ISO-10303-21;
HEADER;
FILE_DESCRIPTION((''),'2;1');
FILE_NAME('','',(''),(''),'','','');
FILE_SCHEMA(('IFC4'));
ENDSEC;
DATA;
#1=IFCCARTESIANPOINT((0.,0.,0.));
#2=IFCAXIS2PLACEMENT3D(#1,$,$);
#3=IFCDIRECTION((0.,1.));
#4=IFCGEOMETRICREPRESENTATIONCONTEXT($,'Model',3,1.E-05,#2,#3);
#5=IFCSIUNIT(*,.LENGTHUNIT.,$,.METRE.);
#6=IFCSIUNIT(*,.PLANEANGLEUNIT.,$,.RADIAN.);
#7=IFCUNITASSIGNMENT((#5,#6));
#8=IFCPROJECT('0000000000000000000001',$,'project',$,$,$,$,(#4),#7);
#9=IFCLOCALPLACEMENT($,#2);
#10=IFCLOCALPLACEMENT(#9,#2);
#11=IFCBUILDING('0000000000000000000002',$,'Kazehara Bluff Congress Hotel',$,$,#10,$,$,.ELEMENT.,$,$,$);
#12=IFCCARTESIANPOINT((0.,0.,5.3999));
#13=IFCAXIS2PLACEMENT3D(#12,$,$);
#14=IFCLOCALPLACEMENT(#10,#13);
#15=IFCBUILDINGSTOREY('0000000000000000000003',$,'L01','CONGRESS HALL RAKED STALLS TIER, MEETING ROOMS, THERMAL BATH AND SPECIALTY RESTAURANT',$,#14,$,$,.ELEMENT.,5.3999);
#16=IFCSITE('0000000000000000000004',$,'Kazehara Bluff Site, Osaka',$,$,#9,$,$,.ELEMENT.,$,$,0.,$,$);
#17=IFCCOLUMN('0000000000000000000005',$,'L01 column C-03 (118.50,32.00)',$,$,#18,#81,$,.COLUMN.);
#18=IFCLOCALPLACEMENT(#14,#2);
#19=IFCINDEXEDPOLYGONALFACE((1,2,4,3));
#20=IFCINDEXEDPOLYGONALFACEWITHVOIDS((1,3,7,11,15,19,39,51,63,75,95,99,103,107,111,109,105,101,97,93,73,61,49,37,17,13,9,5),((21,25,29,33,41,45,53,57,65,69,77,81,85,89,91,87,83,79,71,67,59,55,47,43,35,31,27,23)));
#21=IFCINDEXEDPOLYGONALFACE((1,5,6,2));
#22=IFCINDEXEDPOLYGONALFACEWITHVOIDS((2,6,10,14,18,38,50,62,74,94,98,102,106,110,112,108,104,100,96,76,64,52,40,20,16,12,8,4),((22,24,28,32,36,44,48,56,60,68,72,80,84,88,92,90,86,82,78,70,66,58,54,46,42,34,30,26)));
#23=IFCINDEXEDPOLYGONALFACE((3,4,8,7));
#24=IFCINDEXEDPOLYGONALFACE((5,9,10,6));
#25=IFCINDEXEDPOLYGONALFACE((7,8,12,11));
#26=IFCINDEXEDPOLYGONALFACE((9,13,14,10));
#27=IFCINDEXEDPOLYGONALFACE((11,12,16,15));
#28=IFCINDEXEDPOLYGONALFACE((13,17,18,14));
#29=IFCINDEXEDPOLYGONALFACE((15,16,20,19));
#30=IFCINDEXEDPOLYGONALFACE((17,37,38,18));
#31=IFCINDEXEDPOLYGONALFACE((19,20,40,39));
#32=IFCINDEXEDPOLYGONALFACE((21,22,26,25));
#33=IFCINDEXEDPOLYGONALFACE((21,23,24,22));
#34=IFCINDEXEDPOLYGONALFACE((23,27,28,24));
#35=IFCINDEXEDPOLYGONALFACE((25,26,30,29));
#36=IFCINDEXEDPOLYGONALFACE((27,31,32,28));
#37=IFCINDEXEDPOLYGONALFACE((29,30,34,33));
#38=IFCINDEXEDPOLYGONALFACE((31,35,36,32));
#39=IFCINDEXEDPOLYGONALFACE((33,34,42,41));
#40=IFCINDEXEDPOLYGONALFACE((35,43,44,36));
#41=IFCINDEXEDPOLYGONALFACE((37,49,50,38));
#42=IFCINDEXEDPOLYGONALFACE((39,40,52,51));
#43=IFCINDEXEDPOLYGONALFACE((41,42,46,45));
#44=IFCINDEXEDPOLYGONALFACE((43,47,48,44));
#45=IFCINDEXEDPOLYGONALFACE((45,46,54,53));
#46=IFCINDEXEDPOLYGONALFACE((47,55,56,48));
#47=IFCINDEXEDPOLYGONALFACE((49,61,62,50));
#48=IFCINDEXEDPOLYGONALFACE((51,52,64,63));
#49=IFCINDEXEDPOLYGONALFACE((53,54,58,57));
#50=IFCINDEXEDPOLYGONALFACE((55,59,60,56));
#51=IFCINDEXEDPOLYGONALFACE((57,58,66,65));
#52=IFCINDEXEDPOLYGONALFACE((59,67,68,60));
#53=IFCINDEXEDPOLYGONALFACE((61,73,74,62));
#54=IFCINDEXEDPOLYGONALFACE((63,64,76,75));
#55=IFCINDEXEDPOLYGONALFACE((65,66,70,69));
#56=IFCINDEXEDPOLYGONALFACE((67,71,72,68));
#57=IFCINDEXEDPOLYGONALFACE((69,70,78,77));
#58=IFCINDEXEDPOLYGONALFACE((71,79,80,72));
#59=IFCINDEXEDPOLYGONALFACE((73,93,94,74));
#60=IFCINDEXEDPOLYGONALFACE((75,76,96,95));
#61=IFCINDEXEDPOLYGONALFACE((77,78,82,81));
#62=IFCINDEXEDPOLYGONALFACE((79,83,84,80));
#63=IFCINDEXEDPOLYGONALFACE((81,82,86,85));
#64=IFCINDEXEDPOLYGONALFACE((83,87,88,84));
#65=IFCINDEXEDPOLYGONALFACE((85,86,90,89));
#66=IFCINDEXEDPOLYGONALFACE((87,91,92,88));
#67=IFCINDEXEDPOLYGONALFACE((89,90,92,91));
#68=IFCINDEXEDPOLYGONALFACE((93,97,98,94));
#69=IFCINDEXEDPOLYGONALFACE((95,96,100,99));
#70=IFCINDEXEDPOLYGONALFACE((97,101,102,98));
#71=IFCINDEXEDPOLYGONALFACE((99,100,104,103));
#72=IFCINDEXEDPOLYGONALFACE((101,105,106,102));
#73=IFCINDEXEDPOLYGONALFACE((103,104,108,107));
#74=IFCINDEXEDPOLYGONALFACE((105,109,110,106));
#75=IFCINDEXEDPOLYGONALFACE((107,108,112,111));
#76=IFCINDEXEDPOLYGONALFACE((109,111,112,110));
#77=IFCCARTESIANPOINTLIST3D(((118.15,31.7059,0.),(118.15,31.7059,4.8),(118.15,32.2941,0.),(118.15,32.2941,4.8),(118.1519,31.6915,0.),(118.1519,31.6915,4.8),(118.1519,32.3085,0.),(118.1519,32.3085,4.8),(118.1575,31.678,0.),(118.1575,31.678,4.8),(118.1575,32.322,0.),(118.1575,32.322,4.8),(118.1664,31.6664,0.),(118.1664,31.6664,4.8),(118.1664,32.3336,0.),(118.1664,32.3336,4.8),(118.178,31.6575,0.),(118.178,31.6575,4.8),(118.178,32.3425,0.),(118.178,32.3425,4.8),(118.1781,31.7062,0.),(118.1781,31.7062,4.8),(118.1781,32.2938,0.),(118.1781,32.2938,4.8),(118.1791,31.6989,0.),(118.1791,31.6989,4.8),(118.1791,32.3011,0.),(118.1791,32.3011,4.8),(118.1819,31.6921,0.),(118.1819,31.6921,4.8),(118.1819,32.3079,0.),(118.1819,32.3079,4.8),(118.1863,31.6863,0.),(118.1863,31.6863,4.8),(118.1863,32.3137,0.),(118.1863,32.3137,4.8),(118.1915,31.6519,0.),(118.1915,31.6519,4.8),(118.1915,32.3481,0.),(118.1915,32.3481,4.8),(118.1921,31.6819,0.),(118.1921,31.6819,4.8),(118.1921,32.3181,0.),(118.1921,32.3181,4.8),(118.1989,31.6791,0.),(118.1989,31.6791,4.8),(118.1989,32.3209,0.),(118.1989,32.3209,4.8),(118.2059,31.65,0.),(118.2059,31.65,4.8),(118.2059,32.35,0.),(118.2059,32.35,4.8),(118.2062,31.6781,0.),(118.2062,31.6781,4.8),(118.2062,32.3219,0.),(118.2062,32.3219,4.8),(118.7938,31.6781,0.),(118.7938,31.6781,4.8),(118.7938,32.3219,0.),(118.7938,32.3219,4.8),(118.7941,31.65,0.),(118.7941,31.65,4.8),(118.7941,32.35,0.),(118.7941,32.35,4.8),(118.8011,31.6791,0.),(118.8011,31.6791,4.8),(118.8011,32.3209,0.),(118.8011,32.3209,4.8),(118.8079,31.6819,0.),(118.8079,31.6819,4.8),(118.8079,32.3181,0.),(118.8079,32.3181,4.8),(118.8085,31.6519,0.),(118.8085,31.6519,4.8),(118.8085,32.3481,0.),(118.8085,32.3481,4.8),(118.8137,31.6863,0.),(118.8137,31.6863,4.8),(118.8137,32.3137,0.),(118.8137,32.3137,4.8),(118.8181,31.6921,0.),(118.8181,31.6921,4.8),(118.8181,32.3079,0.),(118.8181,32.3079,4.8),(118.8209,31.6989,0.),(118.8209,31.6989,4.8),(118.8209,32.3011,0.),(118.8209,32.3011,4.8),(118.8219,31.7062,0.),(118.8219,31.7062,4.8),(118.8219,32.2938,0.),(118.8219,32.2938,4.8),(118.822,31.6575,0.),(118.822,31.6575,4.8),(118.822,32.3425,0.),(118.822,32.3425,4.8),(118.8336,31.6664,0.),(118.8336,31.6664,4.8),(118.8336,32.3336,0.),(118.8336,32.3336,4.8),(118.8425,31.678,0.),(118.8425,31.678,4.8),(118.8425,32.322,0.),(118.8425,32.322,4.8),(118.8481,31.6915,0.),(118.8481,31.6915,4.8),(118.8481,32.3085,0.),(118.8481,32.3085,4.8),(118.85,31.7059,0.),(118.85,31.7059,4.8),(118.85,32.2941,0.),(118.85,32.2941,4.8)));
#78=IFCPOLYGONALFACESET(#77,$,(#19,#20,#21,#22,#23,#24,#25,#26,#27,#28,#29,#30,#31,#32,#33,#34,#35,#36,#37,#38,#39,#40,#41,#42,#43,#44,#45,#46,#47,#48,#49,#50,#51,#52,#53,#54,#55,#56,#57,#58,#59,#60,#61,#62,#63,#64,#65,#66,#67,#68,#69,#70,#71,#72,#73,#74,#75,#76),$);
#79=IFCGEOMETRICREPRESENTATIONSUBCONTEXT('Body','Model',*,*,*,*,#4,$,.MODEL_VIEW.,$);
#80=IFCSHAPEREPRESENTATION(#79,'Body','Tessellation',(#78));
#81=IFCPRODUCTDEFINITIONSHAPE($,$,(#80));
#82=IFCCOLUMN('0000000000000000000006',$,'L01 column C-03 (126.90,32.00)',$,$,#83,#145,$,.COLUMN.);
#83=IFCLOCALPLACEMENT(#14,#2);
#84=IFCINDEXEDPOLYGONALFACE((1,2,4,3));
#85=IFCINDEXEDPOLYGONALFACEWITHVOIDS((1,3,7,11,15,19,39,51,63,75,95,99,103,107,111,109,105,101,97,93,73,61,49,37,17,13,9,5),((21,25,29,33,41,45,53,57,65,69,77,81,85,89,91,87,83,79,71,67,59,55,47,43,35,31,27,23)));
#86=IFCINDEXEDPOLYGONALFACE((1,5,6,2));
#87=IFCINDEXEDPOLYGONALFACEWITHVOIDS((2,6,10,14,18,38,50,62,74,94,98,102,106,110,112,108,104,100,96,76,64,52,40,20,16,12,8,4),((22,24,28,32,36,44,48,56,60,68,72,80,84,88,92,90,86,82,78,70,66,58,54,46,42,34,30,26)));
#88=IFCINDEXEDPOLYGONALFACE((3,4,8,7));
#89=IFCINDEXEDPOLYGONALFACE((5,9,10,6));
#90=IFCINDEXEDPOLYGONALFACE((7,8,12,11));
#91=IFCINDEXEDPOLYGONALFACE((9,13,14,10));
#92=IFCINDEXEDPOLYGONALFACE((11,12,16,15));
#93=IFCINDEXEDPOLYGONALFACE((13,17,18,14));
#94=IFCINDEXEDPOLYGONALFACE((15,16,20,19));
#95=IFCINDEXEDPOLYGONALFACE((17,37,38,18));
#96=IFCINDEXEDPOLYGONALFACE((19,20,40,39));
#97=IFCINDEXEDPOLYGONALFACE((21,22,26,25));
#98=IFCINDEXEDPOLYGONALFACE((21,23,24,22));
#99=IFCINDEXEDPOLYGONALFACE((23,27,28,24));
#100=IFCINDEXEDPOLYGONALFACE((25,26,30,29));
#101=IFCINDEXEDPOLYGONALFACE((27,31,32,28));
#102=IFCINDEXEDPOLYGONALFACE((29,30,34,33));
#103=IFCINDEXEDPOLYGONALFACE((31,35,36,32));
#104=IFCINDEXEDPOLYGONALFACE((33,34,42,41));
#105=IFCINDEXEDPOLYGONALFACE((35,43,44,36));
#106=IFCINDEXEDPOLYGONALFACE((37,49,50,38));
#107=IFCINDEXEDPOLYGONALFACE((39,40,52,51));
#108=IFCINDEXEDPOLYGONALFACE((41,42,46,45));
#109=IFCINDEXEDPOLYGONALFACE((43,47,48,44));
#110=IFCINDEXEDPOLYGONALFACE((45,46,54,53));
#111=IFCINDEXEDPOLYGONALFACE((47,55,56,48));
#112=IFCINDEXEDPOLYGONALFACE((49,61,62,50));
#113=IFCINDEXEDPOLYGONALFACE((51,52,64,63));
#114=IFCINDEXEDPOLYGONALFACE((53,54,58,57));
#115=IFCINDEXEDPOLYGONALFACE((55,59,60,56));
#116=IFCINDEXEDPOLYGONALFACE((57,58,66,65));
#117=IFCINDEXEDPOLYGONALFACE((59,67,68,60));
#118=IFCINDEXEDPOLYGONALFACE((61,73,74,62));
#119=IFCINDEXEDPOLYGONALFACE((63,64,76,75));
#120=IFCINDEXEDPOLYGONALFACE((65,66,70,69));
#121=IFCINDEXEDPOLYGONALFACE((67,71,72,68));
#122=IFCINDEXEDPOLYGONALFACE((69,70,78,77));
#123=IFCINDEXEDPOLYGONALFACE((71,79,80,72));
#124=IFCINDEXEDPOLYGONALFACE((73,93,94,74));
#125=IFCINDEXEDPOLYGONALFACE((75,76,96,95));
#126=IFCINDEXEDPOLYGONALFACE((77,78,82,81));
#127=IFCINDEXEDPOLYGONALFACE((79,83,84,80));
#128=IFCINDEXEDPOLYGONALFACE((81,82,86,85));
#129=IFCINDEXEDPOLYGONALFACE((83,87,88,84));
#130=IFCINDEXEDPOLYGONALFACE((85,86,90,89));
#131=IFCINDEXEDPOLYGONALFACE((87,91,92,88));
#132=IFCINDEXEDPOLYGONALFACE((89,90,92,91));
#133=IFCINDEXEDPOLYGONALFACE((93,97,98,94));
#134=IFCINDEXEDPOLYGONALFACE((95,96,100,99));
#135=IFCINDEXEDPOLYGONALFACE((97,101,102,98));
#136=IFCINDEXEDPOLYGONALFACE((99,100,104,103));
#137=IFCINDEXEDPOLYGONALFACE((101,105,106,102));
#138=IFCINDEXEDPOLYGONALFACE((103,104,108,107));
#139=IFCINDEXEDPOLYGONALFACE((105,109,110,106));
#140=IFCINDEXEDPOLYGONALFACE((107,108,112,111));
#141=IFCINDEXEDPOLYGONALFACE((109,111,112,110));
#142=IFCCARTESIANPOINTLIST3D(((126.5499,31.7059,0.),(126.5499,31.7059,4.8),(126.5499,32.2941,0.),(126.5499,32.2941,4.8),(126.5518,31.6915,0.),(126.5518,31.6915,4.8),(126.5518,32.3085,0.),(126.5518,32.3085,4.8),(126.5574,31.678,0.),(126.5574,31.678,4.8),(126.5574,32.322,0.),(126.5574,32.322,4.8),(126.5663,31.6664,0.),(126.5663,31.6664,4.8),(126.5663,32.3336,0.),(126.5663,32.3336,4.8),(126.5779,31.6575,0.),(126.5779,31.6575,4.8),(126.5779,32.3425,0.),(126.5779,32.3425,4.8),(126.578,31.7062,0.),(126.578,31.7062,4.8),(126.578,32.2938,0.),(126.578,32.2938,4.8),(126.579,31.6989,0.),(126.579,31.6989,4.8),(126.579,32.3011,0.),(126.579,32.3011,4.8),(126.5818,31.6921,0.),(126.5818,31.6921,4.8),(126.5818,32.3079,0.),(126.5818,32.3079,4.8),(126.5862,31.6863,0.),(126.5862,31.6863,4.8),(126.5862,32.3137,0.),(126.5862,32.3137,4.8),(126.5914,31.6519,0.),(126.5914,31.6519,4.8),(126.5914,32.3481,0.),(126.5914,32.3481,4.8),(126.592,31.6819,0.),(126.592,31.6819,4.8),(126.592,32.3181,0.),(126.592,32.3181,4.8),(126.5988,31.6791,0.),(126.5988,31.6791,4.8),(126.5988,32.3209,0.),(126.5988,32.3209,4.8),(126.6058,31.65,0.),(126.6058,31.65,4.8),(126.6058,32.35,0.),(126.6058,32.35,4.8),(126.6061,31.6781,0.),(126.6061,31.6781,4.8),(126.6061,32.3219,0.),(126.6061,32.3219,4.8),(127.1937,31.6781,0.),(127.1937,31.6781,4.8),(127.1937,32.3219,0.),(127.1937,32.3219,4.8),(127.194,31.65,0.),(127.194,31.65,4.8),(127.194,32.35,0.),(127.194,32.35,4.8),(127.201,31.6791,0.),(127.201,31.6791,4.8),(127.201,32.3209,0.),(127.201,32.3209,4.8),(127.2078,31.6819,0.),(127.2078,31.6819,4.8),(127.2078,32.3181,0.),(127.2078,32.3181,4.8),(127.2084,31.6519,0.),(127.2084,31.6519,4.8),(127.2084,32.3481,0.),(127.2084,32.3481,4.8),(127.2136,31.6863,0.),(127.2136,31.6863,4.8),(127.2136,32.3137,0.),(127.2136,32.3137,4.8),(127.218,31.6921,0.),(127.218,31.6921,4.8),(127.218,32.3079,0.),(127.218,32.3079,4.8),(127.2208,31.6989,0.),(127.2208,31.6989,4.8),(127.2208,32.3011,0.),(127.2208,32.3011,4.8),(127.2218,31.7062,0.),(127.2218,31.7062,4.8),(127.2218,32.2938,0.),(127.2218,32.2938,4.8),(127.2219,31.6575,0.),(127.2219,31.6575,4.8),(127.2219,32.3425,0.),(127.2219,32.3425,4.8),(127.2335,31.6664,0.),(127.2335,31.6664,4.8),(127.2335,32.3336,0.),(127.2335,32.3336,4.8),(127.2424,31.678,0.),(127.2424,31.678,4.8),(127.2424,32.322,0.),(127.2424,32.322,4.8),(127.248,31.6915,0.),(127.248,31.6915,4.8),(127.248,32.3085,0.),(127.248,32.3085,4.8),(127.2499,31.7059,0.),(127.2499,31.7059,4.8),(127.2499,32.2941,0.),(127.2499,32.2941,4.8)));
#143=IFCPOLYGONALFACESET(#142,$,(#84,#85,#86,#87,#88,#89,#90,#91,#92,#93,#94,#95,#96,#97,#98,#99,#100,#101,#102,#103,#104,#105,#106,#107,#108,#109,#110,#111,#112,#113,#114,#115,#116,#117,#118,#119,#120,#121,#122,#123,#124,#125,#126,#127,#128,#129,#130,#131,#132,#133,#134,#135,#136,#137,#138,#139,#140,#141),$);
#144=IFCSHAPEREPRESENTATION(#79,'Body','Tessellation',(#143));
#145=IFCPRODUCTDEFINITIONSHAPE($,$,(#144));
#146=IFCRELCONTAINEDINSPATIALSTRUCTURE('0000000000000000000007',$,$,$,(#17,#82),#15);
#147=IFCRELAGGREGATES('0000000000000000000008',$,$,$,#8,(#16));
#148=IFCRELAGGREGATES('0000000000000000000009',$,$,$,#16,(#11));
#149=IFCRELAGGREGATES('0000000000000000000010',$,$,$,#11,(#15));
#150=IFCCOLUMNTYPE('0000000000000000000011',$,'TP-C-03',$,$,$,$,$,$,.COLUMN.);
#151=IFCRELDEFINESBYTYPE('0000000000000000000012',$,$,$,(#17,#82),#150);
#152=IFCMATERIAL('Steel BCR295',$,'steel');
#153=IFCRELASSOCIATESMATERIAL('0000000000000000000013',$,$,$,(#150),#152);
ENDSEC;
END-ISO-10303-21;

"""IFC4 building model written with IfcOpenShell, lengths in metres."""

from ifc_helpers import new_model, si_unit, direction, frame, origin, origin_2d, place, context, subcontext, project, spatial, hollow_rectangle, extrude, material, material_profile, profile_set, type_object, element, save


model = new_model("IFC4")

# Units and contexts
model_context = context("Model", 3, precision=1e-05, world=origin(), true_north=direction((0.0, 1.0)))
body_context = subcontext(model_context, "Body", "Model", "MODEL_VIEW")
ifc_project = project(units=[si_unit("LENGTHUNIT", "METRE"), si_unit("PLANEANGLEUNIT", "RADIAN")], contexts=[model_context])

# Site, building, storey
site_placement = place(None, origin())
site = spatial("IfcSite", under=ifc_project, at=site_placement, Name="Kazehara Bluff Site, Osaka", CompositionType="ELEMENT", RefElevation=0.0)
building_placement = place(site_placement, origin())
building = spatial("IfcBuilding", under=site, at=building_placement, Name="Kazehara Bluff Congress Hotel", CompositionType="ELEMENT")
storey_placement = place(building_placement, frame((0.0, 0.0, 5.3999)))
storey = spatial("IfcBuildingStorey", under=building, at=storey_placement, Name="L01", Description="CONGRESS HALL RAKED STALLS TIER, MEETING ROOMS, THERMAL BATH AND SPECIALTY RESTAURANT", CompositionType="ELEMENT", Elevation=5.3999)

# Columns
ifc_material_1 = material(Name="Steel BCR295", Category="steel")
ifc_material_profile_1 = material_profile(ifc_material_1, hollow_rectangle(XDim=0.7, YDim=0.7, WallThickness=0.0281, InnerFilletRadius=0.0281, OuterFilletRadius=0.0559, at=origin_2d()))
ifc_profile_set_1 = profile_set([ifc_material_profile_1], Name="Steel BCR295")
column_type = type_object("IfcColumnType", Name="TP-C-03", PredefinedType="COLUMN", material=ifc_profile_set_1)
for number, where, z_axis, x_axis, name in (
    (1, (118.5, 32.0, 0.0), (0.0, 0.0, 1.0), (1.0, 0.0, 0.0), "L01 column C-03 (118.50,32.00)"),
    (2, (126.8999, 32.0, 0.0), (0.0, 0.0, 1.0), (1.0, 0.0, 0.0), "L01 column C-03 (126.90,32.00)"),
):
    element("IfcColumn", number, at=place(storey_placement, frame(where, z_axis=z_axis, x_axis=x_axis)), inside=storey, type_object=column_type, Name=name, PredefinedType="COLUMN", context=body_context, shape_type="SweptSolid", body=[
        extrude(hollow_rectangle(XDim=0.7, YDim=0.7, WallThickness=0.0281, InnerFilletRadius=0.0281, OuterFilletRadius=0.0559, at=origin_2d()), origin(), (0.0, 0.0, 1.0), 4.8),
    ])

save(model, "model.ifc")
